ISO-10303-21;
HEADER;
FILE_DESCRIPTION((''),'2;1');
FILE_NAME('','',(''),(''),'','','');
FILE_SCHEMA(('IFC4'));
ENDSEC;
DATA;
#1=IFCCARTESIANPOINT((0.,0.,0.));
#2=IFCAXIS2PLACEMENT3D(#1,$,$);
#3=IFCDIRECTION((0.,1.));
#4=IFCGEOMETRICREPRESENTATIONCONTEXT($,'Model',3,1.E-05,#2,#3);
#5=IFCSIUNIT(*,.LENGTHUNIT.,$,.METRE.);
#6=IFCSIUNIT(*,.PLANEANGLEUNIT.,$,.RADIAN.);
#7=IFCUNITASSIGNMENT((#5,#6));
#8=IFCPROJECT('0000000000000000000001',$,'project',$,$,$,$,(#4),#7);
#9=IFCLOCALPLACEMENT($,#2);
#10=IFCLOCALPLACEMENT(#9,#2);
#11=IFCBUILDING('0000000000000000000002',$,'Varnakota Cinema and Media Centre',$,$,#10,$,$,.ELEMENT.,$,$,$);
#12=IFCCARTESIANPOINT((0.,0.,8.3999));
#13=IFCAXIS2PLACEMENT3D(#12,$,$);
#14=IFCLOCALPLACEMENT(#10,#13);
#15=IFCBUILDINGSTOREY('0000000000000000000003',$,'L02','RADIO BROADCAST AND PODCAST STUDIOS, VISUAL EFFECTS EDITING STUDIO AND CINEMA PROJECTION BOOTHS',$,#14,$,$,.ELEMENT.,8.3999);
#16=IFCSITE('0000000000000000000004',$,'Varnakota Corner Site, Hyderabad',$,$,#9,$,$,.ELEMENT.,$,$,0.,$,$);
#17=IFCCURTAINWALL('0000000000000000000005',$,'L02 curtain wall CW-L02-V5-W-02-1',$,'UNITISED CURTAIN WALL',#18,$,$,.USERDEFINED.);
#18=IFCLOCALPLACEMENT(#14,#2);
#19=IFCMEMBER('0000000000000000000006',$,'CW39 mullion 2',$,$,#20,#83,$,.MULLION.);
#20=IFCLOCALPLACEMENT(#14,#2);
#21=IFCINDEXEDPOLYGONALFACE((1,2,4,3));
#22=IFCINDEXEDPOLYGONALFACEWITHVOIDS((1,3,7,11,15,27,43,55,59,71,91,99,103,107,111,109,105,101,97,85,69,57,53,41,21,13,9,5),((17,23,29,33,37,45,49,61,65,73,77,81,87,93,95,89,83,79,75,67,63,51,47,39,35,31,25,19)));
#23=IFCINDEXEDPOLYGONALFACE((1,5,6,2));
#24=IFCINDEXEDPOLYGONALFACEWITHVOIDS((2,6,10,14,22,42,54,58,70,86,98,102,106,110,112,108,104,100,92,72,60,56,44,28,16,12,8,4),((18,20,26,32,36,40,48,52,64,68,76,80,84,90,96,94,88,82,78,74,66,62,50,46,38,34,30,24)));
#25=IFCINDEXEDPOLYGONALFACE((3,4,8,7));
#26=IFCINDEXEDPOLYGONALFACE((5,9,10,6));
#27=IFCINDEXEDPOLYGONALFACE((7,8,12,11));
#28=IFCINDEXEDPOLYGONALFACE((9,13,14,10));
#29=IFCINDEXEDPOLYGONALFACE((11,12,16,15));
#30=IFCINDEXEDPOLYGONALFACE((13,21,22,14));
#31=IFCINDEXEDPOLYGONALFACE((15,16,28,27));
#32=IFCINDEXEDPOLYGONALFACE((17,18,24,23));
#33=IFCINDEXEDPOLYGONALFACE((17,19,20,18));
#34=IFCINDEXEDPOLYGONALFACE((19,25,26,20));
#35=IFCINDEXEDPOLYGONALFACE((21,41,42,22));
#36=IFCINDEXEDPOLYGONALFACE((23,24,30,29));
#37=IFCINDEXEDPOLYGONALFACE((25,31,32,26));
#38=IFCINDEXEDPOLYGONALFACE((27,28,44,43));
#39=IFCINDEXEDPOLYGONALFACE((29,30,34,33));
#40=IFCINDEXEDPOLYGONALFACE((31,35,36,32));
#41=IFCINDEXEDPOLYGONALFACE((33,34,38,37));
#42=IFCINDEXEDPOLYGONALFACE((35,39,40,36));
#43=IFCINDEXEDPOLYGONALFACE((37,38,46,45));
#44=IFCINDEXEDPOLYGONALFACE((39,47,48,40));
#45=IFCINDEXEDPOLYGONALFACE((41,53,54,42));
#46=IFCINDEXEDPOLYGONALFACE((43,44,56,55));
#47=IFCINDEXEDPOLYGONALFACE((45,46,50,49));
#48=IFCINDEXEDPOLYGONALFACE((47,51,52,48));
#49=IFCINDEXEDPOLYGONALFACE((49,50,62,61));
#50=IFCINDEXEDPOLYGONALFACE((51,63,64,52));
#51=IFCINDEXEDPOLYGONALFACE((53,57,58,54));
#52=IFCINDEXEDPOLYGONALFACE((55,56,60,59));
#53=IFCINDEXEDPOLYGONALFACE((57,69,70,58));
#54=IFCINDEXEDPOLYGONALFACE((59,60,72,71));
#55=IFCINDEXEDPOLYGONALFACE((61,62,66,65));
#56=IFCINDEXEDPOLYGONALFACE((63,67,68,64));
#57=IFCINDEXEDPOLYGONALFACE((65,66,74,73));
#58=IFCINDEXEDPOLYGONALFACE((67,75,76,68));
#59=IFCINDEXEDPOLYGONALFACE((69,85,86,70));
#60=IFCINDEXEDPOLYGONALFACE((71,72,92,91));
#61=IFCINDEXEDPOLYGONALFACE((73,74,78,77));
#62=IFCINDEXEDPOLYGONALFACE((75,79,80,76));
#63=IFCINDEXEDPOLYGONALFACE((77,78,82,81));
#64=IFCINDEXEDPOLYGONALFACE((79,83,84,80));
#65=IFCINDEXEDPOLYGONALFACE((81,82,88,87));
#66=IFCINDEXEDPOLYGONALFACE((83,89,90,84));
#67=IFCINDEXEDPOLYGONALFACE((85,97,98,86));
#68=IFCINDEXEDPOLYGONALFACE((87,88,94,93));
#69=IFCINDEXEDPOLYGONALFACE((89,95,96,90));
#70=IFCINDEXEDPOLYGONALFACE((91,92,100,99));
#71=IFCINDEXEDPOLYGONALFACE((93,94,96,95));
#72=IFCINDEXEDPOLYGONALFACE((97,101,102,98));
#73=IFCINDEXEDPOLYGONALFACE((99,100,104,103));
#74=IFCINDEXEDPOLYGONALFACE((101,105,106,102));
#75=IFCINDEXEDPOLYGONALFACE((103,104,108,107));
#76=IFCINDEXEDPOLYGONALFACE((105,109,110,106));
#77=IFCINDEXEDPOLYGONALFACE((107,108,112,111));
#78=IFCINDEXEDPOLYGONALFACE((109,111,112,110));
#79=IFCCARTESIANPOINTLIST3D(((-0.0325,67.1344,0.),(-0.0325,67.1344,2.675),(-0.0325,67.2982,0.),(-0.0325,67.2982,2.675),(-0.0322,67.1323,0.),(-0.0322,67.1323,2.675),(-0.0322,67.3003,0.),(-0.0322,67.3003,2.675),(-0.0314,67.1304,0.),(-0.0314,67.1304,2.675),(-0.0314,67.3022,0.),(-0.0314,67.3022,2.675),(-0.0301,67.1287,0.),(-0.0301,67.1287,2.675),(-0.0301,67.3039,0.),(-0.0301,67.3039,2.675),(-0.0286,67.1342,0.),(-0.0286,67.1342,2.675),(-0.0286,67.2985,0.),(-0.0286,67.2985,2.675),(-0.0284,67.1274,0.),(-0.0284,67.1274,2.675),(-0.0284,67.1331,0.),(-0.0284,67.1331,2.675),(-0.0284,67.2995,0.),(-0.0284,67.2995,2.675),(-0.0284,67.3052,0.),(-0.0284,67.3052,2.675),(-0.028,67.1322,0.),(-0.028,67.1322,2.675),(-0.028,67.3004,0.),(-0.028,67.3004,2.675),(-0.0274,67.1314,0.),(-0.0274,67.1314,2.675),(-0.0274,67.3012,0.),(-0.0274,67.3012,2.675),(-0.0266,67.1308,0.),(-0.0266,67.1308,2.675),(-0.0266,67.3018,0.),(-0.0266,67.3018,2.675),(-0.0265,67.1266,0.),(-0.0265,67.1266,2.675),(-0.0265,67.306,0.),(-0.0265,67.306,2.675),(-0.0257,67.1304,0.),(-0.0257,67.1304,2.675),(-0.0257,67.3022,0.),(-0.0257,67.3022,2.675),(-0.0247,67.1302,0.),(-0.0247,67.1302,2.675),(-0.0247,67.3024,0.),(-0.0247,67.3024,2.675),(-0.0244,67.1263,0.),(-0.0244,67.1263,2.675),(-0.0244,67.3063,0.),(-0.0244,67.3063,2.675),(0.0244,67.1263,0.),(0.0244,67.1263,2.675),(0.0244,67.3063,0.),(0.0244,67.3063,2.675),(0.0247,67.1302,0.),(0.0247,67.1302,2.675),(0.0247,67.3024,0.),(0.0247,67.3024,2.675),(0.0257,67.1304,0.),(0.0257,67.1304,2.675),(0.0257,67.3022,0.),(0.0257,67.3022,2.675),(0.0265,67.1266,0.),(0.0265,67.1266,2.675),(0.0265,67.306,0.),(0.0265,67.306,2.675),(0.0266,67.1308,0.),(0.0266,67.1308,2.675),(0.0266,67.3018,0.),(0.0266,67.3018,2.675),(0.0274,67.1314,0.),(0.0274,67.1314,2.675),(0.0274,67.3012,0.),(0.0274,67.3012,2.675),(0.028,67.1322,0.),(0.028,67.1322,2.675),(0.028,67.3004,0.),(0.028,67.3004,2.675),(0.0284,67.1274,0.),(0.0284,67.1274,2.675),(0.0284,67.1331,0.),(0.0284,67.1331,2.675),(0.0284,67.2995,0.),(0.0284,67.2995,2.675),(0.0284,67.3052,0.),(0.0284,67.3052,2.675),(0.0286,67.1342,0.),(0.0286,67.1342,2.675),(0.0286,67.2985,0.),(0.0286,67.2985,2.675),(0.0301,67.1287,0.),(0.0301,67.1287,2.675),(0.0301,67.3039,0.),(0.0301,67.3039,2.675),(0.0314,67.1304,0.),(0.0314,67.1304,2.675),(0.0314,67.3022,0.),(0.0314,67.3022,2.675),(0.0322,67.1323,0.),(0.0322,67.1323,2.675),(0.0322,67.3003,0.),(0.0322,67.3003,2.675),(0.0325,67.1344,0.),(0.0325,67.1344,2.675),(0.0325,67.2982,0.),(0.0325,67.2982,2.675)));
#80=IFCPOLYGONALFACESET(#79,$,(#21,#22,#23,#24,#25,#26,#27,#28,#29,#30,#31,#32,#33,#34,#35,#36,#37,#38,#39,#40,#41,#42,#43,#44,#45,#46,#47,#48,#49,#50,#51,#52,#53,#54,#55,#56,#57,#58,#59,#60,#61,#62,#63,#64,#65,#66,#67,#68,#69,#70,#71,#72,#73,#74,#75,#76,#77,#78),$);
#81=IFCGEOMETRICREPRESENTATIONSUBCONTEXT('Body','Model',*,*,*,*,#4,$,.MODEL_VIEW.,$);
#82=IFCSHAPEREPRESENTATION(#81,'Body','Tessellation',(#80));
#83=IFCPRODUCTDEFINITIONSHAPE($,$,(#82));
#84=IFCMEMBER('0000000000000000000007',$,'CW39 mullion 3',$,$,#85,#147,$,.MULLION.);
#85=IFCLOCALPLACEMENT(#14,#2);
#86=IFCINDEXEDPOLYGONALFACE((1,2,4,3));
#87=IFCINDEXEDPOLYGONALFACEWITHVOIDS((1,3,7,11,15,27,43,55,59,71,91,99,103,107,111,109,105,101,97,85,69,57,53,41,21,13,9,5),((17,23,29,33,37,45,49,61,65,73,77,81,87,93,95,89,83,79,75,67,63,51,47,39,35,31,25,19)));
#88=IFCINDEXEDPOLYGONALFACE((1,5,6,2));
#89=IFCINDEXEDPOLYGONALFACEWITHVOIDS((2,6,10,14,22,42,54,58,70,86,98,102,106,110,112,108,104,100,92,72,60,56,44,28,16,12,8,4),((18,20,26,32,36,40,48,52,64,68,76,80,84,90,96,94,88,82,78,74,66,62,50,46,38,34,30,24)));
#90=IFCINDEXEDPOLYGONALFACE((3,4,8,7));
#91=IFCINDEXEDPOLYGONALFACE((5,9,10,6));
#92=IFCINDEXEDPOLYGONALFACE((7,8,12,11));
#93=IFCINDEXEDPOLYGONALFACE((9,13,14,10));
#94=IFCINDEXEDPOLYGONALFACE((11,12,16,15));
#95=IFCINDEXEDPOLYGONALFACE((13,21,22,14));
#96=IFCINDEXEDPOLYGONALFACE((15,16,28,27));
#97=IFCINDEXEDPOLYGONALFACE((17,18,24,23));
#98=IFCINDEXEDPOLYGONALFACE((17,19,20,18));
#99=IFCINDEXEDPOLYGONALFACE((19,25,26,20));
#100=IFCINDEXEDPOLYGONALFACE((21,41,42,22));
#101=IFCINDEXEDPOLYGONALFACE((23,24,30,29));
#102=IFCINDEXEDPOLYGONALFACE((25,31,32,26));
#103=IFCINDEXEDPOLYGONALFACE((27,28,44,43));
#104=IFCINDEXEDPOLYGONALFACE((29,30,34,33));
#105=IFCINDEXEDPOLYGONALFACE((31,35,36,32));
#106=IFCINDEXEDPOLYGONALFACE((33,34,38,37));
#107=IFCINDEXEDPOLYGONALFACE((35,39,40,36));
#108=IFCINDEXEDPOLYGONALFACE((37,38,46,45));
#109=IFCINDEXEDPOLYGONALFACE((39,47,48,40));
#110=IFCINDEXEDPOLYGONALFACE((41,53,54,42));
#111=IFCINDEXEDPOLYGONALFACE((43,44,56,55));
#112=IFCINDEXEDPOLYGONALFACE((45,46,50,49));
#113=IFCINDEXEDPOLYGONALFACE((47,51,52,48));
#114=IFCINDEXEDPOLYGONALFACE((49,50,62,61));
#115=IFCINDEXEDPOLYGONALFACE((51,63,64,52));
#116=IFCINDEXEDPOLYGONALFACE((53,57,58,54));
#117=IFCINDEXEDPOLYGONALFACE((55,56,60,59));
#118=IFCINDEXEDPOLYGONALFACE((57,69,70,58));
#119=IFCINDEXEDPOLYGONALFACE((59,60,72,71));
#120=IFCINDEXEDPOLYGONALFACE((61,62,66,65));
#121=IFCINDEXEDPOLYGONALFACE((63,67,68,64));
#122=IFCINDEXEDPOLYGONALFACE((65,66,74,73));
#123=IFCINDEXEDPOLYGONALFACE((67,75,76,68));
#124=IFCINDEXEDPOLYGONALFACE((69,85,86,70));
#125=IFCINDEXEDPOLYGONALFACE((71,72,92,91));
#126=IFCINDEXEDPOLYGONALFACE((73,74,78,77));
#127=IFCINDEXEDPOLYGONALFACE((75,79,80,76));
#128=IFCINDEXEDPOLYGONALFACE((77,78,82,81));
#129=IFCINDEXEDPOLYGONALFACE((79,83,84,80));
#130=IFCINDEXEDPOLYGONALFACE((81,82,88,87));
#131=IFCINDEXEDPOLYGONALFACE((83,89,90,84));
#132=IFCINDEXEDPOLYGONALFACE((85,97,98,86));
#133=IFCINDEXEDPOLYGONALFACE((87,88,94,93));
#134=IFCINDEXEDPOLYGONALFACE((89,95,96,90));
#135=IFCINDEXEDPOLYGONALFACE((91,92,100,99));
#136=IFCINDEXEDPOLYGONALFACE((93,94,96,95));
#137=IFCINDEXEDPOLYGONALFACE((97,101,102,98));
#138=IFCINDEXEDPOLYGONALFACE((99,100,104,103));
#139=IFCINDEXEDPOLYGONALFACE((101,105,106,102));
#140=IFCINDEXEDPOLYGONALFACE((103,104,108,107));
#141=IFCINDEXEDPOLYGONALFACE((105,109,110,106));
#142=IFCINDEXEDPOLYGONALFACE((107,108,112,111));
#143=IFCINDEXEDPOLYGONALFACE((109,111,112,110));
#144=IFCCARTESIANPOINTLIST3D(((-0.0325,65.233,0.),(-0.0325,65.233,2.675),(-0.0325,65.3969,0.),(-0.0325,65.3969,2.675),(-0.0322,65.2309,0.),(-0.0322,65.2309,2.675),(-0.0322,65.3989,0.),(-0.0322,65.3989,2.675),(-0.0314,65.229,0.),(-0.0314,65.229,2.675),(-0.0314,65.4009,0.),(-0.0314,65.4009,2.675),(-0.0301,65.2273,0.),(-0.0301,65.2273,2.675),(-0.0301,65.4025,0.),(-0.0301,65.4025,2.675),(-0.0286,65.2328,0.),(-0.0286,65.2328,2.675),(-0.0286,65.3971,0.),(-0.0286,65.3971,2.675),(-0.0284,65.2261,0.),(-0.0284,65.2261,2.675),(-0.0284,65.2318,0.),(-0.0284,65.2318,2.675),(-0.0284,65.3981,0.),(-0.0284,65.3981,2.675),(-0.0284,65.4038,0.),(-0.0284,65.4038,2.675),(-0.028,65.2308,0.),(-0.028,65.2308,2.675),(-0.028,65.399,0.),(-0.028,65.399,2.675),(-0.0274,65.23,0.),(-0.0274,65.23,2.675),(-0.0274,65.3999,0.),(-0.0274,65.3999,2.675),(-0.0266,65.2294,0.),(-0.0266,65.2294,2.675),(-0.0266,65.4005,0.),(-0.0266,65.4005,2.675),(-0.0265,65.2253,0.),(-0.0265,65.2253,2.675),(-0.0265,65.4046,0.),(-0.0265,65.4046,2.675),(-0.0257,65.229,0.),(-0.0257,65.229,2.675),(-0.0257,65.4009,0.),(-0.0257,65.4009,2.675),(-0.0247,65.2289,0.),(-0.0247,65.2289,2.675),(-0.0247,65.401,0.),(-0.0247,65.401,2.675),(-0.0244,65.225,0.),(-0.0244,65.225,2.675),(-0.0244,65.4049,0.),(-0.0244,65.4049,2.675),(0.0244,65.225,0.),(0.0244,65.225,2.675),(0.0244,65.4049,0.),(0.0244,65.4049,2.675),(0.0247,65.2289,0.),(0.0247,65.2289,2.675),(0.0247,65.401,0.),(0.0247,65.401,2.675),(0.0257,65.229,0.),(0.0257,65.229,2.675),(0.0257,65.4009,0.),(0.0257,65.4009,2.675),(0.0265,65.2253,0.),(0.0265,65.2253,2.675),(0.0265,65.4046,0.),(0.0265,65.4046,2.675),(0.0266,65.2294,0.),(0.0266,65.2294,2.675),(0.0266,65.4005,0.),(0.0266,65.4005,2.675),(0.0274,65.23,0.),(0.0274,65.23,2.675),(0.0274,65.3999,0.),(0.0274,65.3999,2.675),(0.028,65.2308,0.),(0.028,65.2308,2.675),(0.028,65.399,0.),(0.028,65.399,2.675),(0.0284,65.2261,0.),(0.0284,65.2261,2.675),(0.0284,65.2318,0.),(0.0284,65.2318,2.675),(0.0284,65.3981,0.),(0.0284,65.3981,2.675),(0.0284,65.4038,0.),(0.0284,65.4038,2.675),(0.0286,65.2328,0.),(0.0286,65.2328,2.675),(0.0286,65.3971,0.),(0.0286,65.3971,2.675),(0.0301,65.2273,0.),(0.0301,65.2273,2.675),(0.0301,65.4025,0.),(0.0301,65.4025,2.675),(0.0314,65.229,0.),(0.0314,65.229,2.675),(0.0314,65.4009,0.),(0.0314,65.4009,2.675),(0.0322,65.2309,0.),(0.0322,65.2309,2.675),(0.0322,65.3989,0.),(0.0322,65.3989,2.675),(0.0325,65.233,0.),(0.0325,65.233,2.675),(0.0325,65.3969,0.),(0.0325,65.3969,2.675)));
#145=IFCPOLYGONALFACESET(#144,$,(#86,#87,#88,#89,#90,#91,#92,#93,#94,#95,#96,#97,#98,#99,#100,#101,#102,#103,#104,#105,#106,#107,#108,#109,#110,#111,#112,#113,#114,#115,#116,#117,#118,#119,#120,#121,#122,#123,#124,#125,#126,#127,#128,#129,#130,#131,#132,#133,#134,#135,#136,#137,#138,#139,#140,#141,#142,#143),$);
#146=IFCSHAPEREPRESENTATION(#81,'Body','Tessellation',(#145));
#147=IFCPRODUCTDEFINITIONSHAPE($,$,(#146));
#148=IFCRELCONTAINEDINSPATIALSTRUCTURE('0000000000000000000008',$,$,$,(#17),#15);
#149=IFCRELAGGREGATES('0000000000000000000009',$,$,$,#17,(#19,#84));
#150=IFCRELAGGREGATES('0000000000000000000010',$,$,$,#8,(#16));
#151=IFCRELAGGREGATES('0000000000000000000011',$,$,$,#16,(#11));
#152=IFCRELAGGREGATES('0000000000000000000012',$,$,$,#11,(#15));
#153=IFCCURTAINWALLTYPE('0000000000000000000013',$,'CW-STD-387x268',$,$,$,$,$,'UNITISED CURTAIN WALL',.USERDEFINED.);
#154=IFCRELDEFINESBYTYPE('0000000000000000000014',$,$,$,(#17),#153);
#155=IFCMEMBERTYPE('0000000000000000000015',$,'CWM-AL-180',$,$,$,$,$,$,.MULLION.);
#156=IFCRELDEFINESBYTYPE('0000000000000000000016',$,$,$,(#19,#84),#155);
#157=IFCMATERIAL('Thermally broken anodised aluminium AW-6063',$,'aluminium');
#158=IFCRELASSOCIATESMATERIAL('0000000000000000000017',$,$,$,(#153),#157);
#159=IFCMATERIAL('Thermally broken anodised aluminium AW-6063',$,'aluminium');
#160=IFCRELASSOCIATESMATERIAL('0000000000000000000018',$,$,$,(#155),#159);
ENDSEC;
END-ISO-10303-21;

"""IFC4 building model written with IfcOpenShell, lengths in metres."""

from ifc_helpers import new_model, si_unit, direction, frame, origin, origin_2d, place, context, subcontext, project, spatial, hollow_rectangle, extrude, material, material_profile, profile_set, type_object, element, aggregate, save


model = new_model("IFC4")

# Units and contexts
model_context = context("Model", 3, precision=1e-05, world=origin(), true_north=direction((0.0, 1.0)))
body_context = subcontext(model_context, "Body", "Model", "MODEL_VIEW")
ifc_project = project(units=[si_unit("LENGTHUNIT", "METRE"), si_unit("PLANEANGLEUNIT", "RADIAN")], contexts=[model_context])

# Site, building, storey
site_placement = place(None, origin())
site = spatial("IfcSite", under=ifc_project, at=site_placement, Name="Varnakota Corner Site, Hyderabad", CompositionType="ELEMENT", RefElevation=0.0)
building_placement = place(site_placement, origin())
building = spatial("IfcBuilding", under=site, at=building_placement, Name="Varnakota Cinema and Media Centre", CompositionType="ELEMENT")
storey_placement = place(building_placement, frame((0.0, 0.0, 8.3999)))
storey = spatial("IfcBuildingStorey", under=building, at=storey_placement, Name="L02", Description="RADIO BROADCAST AND PODCAST STUDIOS, VISUAL EFFECTS EDITING STUDIO AND CINEMA PROJECTION BOOTHS", CompositionType="ELEMENT", Elevation=8.3999)

# Curtain wall, members
ifc_material_1 = material(Name="Thermally broken anodised aluminium AW-6063", Category="aluminium")
curtain_wall_type = type_object("IfcCurtainWallType", Name="CW-STD-387x268", ElementType="UNITISED CURTAIN WALL", PredefinedType="USERDEFINED", material=ifc_material_1)
curtain_wall_placement = place(storey_placement, origin())
curtain_wall = element("IfcCurtainWall", 1, at=curtain_wall_placement, inside=storey, type_object=curtain_wall_type, Name="L02 curtain wall CW-L02-V5-W-02-1", ObjectType="UNITISED CURTAIN WALL", PredefinedType="USERDEFINED")
ifc_material_2 = material(Name="Thermally broken anodised aluminium AW-6063", Category="aluminium")
ifc_material_profile_1 = material_profile(ifc_material_2, hollow_rectangle(XDim=0.0649, YDim=0.1799, WallThickness=0.0039, InnerFilletRadius=0.0039, OuterFilletRadius=0.0081, at=origin_2d()), Name="AL-MULLION 180x65x4")
ifc_profile_set_1 = profile_set([ifc_material_profile_1], Name="Thermally broken anodised aluminium AW-6063")
member_type_1 = type_object("IfcMemberType", Name="CWM-AL-180", PredefinedType="MULLION", material=ifc_profile_set_1)
member_1_placement = place(storey_placement, frame((0.0, 67.2163, 0.0), z_axis=(0.0, 0.0, 1.0), x_axis=(1.0, 0.0, 0.0)))
member_1 = element("IfcMember", 2, at=member_1_placement, type_object=member_type_1, Name="CW39 mullion 2", PredefinedType="MULLION", context=body_context, shape_type="SweptSolid", body=[
    extrude(hollow_rectangle(XDim=0.0649, YDim=0.1799, WallThickness=0.0039, InnerFilletRadius=0.0039, OuterFilletRadius=0.0081, at=origin_2d()), origin(), (0.0, 0.0, 1.0), 2.675),
])
member_2_placement = place(storey_placement, frame((0.0, 65.3149, 0.0), z_axis=(0.0, 0.0, 1.0), x_axis=(1.0, 0.0, 0.0)))
member_2 = element("IfcMember", 3, at=member_2_placement, type_object=member_type_1, Name="CW39 mullion 3", PredefinedType="MULLION", context=body_context, shape_type="SweptSolid", body=[
    extrude(hollow_rectangle(XDim=0.0649, YDim=0.1799, WallThickness=0.0039, InnerFilletRadius=0.0039, OuterFilletRadius=0.0081, at=origin_2d()), origin(), (0.0, 0.0, 1.0), 2.675),
])
aggregate(curtain_wall, [member_1, member_2])

save(model, "model.ifc")
